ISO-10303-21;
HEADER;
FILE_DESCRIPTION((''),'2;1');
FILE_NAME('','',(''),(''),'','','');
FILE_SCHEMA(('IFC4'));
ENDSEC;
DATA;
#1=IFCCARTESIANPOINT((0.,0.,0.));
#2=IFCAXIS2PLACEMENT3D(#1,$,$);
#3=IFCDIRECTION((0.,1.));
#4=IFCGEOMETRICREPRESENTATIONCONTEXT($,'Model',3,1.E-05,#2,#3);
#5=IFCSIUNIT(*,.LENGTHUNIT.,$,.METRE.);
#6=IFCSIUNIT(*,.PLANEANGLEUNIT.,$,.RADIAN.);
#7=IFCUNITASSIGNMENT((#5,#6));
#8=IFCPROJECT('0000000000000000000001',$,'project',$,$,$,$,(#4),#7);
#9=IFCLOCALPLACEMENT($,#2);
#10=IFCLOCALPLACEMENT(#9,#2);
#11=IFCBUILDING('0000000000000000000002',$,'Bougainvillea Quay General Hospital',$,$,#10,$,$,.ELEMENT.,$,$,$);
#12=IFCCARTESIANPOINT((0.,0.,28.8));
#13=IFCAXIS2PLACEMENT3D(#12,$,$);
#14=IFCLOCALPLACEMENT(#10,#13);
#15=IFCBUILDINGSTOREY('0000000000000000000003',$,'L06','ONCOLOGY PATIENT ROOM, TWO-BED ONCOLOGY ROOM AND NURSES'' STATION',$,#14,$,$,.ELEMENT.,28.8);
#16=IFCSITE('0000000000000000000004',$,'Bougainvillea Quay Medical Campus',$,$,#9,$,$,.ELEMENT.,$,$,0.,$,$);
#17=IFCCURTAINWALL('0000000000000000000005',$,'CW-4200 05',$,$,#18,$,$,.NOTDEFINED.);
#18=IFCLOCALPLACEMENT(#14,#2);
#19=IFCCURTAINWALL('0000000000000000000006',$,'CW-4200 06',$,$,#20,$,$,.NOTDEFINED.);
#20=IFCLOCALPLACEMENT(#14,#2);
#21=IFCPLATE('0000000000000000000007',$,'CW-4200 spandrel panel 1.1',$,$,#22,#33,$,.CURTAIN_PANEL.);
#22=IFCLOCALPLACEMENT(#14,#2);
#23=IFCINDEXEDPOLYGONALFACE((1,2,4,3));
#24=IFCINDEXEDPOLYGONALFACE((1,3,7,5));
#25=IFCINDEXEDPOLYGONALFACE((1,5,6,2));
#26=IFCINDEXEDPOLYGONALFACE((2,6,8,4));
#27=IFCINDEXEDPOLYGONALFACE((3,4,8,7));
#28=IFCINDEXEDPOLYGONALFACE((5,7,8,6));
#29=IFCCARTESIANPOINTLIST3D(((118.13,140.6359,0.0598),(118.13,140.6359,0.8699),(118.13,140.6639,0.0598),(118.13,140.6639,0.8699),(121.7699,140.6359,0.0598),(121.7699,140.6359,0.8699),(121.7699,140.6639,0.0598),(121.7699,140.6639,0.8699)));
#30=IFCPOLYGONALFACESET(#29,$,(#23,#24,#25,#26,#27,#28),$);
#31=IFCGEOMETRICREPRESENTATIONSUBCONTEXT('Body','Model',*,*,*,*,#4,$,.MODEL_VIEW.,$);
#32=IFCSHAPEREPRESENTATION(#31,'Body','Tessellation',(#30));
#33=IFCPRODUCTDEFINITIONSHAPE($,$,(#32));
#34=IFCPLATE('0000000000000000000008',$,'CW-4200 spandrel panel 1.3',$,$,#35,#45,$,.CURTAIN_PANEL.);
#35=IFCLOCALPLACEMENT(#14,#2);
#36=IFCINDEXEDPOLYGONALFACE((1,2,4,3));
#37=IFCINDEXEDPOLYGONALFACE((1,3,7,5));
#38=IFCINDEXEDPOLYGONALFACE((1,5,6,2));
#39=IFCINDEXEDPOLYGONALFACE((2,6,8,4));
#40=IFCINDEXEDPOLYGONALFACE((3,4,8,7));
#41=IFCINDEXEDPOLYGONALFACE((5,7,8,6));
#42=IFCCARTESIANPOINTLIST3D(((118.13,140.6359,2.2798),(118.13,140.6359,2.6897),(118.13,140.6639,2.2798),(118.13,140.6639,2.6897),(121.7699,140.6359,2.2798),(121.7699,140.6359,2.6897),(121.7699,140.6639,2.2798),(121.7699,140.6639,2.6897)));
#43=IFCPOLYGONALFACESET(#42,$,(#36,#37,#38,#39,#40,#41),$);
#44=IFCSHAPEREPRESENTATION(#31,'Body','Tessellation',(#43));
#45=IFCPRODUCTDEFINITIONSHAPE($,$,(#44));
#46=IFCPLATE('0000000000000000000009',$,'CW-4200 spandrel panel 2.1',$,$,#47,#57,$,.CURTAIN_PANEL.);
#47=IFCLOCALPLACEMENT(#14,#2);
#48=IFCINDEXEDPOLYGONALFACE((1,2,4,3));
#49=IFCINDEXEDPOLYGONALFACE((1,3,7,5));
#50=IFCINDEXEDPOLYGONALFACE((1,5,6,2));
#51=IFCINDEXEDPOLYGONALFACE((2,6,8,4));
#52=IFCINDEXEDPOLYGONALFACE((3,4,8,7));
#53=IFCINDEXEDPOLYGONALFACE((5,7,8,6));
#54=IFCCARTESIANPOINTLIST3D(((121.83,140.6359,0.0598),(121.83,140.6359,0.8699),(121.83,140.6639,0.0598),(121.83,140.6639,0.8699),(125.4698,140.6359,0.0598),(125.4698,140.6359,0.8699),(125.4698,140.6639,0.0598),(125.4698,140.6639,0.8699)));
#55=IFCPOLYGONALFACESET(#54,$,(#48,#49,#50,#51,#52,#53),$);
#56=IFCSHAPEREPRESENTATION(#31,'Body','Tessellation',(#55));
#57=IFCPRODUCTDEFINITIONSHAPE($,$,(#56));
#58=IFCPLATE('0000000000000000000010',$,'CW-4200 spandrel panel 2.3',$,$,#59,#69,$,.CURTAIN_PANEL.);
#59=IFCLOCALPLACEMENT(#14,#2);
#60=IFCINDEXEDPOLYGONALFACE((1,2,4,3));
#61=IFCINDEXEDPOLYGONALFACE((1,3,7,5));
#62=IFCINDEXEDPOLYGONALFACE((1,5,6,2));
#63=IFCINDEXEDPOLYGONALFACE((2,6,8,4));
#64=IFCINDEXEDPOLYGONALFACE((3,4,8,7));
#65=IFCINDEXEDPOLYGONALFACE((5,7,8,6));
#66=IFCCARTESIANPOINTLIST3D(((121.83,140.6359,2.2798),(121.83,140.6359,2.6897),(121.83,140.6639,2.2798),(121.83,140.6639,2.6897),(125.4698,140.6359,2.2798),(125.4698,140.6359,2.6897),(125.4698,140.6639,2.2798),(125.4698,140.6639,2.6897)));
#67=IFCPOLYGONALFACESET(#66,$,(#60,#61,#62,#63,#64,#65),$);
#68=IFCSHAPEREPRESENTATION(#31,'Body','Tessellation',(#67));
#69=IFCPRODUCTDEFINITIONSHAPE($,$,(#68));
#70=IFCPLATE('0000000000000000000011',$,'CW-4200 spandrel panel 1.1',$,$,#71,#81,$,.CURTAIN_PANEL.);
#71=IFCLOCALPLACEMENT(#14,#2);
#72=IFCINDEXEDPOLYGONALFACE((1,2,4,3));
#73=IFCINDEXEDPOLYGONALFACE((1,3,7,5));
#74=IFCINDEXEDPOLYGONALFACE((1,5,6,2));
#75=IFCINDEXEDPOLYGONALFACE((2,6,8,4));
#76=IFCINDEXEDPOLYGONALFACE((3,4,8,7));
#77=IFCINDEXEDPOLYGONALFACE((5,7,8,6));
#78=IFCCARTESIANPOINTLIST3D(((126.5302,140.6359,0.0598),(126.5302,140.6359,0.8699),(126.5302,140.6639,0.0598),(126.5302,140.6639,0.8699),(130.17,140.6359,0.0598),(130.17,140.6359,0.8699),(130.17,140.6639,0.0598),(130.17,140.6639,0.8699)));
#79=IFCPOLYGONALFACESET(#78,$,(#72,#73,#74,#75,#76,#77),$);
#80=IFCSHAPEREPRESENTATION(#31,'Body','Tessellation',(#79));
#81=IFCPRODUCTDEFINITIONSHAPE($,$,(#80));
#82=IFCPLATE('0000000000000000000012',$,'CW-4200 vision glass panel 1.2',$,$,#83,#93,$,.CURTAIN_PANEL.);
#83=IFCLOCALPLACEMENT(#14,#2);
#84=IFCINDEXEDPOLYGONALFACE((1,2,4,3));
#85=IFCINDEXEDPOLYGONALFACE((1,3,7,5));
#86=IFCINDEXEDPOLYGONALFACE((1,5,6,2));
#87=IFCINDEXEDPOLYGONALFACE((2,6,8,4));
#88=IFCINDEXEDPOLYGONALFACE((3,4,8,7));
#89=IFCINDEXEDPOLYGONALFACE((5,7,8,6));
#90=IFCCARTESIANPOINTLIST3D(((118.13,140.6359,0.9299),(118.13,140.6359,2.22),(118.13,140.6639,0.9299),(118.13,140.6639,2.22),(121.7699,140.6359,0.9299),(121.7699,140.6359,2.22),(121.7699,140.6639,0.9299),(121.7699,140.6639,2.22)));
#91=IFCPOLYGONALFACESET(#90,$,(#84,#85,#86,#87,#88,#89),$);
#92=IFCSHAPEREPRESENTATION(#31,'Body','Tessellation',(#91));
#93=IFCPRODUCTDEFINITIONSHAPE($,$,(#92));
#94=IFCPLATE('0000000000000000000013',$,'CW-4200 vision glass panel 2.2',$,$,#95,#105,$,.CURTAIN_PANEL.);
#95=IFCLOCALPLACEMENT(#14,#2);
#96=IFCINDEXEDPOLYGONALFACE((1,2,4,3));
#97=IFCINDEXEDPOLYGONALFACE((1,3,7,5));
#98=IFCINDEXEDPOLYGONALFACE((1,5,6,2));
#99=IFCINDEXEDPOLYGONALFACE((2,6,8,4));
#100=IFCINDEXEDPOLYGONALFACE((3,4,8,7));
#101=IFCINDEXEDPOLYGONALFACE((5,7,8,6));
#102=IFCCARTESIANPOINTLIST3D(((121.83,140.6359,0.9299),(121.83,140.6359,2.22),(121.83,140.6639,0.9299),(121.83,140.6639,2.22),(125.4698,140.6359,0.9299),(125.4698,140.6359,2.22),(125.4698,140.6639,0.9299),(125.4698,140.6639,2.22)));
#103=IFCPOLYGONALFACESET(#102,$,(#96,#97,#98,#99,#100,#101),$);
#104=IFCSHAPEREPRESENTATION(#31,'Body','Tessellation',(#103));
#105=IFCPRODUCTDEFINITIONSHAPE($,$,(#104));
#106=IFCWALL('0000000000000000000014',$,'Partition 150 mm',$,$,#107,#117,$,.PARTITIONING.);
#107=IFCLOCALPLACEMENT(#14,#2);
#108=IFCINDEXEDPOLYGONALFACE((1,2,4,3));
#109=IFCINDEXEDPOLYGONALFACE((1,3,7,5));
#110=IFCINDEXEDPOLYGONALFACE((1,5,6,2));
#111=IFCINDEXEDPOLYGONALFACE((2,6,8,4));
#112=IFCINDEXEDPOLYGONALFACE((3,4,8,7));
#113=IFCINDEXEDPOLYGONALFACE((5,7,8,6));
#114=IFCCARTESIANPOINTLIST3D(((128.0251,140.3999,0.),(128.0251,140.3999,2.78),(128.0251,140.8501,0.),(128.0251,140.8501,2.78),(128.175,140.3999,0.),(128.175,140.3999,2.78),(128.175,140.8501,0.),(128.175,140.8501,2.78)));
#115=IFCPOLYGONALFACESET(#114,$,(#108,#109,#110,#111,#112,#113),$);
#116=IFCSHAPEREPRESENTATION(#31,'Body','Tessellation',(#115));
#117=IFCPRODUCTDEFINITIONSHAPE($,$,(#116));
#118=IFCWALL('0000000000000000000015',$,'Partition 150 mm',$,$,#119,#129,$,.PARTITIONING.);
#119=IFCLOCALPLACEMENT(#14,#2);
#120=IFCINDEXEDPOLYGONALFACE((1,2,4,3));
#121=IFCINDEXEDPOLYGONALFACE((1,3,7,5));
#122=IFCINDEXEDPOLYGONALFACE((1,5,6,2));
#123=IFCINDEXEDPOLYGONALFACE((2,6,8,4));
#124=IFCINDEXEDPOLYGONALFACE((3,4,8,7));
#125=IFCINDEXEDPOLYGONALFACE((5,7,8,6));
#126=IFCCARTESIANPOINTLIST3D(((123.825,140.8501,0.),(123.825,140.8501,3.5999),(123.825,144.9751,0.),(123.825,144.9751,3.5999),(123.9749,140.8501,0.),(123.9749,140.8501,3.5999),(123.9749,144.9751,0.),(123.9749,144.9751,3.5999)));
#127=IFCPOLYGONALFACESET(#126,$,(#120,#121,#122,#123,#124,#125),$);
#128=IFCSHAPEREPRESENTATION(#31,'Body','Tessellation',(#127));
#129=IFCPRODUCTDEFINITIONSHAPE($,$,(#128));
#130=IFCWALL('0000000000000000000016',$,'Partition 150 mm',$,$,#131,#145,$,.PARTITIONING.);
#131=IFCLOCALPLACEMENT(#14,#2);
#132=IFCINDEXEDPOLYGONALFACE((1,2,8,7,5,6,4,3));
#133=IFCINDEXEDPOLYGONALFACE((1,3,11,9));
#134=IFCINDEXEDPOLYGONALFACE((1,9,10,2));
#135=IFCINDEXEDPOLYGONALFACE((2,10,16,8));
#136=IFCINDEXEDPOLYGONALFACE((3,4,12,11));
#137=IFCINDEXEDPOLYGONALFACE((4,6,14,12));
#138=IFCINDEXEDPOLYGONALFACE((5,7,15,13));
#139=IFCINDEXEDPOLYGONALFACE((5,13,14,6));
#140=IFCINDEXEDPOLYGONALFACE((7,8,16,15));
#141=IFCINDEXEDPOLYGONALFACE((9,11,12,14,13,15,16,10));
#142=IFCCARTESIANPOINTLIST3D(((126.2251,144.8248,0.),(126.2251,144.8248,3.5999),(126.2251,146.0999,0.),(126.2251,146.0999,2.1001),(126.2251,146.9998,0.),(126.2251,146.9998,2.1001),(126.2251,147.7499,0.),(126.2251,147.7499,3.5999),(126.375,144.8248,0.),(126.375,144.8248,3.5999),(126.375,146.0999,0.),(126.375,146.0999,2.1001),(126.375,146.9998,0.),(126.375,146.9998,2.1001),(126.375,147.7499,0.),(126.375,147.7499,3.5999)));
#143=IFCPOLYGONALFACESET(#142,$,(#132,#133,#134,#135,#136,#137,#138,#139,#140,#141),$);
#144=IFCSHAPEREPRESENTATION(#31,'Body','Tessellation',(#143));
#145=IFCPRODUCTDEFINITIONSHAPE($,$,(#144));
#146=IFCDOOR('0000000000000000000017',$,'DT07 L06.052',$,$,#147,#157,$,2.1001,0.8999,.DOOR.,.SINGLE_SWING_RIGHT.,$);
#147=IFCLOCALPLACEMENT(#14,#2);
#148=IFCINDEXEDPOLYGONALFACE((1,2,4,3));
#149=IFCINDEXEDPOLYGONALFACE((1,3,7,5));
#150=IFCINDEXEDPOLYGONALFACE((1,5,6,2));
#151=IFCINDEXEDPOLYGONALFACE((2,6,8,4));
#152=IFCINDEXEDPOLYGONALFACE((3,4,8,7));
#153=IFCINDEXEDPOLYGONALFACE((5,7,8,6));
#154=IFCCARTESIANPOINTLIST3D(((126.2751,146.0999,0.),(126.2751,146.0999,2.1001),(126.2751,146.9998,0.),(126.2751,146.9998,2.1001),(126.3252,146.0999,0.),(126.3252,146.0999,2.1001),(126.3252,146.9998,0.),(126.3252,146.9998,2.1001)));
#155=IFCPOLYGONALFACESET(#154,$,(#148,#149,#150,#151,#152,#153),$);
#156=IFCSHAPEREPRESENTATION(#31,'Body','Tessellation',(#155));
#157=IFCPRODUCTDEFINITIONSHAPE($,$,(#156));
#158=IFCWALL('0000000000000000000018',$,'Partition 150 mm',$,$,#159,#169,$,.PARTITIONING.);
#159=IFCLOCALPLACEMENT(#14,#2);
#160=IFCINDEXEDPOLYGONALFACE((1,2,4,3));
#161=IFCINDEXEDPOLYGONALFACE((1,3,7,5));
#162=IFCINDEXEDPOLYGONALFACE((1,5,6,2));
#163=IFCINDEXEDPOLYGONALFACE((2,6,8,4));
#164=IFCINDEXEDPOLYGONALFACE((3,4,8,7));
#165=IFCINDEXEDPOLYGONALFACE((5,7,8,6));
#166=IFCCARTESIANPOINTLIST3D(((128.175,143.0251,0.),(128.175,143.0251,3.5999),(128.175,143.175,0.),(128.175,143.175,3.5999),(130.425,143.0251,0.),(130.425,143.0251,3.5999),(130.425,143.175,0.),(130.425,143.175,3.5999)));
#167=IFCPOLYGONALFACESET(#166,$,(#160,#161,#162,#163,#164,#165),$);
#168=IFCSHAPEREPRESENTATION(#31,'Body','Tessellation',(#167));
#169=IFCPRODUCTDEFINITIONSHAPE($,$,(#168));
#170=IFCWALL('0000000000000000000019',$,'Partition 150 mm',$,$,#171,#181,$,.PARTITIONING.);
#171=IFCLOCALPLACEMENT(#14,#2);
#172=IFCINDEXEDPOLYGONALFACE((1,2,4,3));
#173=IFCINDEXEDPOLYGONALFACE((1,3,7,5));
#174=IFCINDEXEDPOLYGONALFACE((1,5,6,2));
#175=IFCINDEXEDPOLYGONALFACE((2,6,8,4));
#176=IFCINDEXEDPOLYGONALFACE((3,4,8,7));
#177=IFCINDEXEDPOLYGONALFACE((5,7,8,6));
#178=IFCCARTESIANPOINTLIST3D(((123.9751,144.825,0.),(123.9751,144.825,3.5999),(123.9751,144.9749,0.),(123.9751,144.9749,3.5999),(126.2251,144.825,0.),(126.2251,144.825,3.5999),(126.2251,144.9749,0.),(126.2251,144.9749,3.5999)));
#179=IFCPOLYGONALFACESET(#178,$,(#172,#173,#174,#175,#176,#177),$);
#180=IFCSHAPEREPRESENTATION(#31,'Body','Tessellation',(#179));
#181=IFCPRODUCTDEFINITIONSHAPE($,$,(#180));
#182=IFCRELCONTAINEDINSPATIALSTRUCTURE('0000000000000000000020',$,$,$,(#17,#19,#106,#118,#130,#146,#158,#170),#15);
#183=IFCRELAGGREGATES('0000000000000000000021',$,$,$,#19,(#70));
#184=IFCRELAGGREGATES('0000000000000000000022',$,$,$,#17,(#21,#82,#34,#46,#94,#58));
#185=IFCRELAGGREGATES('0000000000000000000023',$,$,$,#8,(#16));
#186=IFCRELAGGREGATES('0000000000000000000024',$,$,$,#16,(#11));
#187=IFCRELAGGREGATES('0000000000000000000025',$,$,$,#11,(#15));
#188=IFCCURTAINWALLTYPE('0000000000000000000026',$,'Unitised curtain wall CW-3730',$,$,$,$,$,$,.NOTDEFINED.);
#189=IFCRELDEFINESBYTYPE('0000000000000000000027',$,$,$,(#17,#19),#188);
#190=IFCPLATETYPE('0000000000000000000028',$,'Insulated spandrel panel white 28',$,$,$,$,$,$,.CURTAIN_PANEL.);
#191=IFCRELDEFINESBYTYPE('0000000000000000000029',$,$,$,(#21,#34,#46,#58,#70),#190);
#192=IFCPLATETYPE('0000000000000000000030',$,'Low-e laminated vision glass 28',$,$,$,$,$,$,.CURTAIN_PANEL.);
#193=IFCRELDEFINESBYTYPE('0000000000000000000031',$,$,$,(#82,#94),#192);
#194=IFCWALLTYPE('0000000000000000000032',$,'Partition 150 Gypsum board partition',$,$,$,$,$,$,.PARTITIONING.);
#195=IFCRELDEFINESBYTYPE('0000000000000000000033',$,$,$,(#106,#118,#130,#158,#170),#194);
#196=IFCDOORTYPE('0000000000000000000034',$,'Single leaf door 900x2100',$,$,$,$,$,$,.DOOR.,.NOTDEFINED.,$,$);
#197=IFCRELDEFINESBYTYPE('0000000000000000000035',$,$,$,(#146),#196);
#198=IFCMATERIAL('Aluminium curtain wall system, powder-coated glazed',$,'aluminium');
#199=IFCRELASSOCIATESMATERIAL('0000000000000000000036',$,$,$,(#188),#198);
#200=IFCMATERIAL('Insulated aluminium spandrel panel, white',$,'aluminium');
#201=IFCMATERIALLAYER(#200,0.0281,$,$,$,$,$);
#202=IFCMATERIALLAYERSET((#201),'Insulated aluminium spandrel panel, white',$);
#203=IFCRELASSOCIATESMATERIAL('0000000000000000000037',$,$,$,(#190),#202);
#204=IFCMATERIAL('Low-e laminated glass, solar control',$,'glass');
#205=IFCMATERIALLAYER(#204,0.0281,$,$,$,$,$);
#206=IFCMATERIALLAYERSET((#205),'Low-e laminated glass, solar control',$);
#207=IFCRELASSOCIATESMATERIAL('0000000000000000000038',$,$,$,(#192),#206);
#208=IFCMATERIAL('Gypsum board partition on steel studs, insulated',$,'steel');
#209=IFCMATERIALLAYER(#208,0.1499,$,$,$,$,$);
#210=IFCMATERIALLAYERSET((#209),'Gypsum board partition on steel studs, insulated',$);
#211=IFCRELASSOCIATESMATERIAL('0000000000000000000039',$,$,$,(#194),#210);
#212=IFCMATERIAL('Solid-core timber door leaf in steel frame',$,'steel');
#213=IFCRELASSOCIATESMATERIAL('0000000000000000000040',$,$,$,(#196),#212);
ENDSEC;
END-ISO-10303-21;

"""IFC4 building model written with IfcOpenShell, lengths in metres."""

from ifc_helpers import new_model, si_unit, direction, frame, frame_2d, origin, origin_2d, place, context, subcontext, project, spatial, rectangle, extrude, material, layer, layer_set, type_object, element, fill, aggregate, save


model = new_model("IFC4")

# Units and contexts
model_context = context("Model", 3, precision=1e-05, world=origin(), true_north=direction((0.0, 1.0)))
body_context = subcontext(model_context, "Body", "Model", "MODEL_VIEW")
ifc_project = project(units=[si_unit("LENGTHUNIT", "METRE"), si_unit("PLANEANGLEUNIT", "RADIAN")], contexts=[model_context])

# Site, building, storey
site_placement = place(None, origin())
site = spatial("IfcSite", under=ifc_project, at=site_placement, Name="Bougainvillea Quay Medical Campus", CompositionType="ELEMENT", RefElevation=0.0)
building_placement = place(site_placement, origin())
building = spatial("IfcBuilding", under=site, at=building_placement, Name="Bougainvillea Quay General Hospital", CompositionType="ELEMENT")
storey_placement = place(building_placement, frame((0.0, 0.0, 28.8)))
storey = spatial("IfcBuildingStorey", under=building, at=storey_placement, Name="L06", Description="ONCOLOGY PATIENT ROOM, TWO-BED ONCOLOGY ROOM AND NURSES' STATION", CompositionType="ELEMENT", Elevation=28.8)

# Curtain wall
ifc_material_1 = material(Name="Aluminium curtain wall system, powder-coated glazed", Category="aluminium")
curtain_wall_type = type_object("IfcCurtainWallType", Name="Unitised curtain wall CW-3730", PredefinedType="NOTDEFINED", material=ifc_material_1)
curtain_wall_1_placement = place(storey_placement, origin())
curtain_wall_1 = element("IfcCurtainWall", 1, at=curtain_wall_1_placement, inside=storey, type_object=curtain_wall_type, Name="CW-4200 05", PredefinedType="NOTDEFINED")

# Curtain wall
curtain_wall_2_placement = place(storey_placement, origin())
curtain_wall_2 = element("IfcCurtainWall", 2, at=curtain_wall_2_placement, inside=storey, type_object=curtain_wall_type, Name="CW-4200 06", PredefinedType="NOTDEFINED")

# Plates
ifc_material_2 = material(Name="Insulated aluminium spandrel panel, white", Category="aluminium")
ifc_layer_1 = layer(ifc_material_2, 0.0281)
ifc_layer_set_1 = layer_set([ifc_layer_1], Name="Insulated aluminium spandrel panel, white")
plate_type_1 = type_object("IfcPlateType", Name="Insulated spandrel panel white 28", PredefinedType="CURTAIN_PANEL", material=ifc_layer_set_1)
plate_1_placement = place(storey_placement, frame((119.95, 140.6499, 0.0598), z_axis=(0.0, 0.0, 1.0), x_axis=(1.0, 0.0, 0.0)))
plate_1 = element("IfcPlate", 3, at=plate_1_placement, type_object=plate_type_1, Name="CW-4200 spandrel panel 1.1", PredefinedType="CURTAIN_PANEL", context=body_context, shape_type="SweptSolid", body=[
    extrude(rectangle(XDim=3.6399, YDim=0.0281, at=origin_2d()), origin(), (0.0, 0.0, 1.0), 0.8101),
])
plate_2_placement = place(storey_placement, frame((119.95, 140.6499, 2.2798), z_axis=(0.0, 0.0, 1.0), x_axis=(1.0, 0.0, 0.0)))
plate_2 = element("IfcPlate", 4, at=plate_2_placement, type_object=plate_type_1, Name="CW-4200 spandrel panel 1.3", PredefinedType="CURTAIN_PANEL", context=body_context, shape_type="SweptSolid", body=[
    extrude(rectangle(XDim=3.6399, YDim=0.0281, at=origin_2d()), origin(), (0.0, 0.0, 1.0), 0.4099),
])
plate_3_placement = place(storey_placement, frame((123.6499, 140.6499, 0.0598), z_axis=(0.0, 0.0, 1.0), x_axis=(1.0, 0.0, 0.0)))
plate_3 = element("IfcPlate", 5, at=plate_3_placement, type_object=plate_type_1, Name="CW-4200 spandrel panel 2.1", PredefinedType="CURTAIN_PANEL", context=body_context, shape_type="SweptSolid", body=[
    extrude(rectangle(XDim=3.6399, YDim=0.0281, at=origin_2d()), origin(), (0.0, 0.0, 1.0), 0.8101),
])
plate_4_placement = place(storey_placement, frame((123.6499, 140.6499, 2.2798), z_axis=(0.0, 0.0, 1.0), x_axis=(1.0, 0.0, 0.0)))
plate_4 = element("IfcPlate", 6, at=plate_4_placement, type_object=plate_type_1, Name="CW-4200 spandrel panel 2.3", PredefinedType="CURTAIN_PANEL", context=body_context, shape_type="SweptSolid", body=[
    extrude(rectangle(XDim=3.6399, YDim=0.0281, at=origin_2d()), origin(), (0.0, 0.0, 1.0), 0.4099),
])
plate_5_placement = place(storey_placement, frame((128.3501, 140.6499, 0.0598), z_axis=(0.0, 0.0, 1.0), x_axis=(1.0, 0.0, 0.0)))
plate_5 = element("IfcPlate", 7, at=plate_5_placement, type_object=plate_type_1, Name="CW-4200 spandrel panel 1.1", PredefinedType="CURTAIN_PANEL", context=body_context, shape_type="SweptSolid", body=[
    extrude(rectangle(XDim=3.6399, YDim=0.0281, at=origin_2d()), origin(), (0.0, 0.0, 1.0), 0.8101),
])
aggregate(curtain_wall_2, [plate_5])
ifc_material_3 = material(Name="Low-e laminated glass, solar control", Category="glass")
ifc_layer_2 = layer(ifc_material_3, 0.0281)
ifc_layer_set_2 = layer_set([ifc_layer_2], Name="Low-e laminated glass, solar control")
plate_type_2 = type_object("IfcPlateType", Name="Low-e laminated vision glass 28", PredefinedType="CURTAIN_PANEL", material=ifc_layer_set_2)
plate_6_placement = place(storey_placement, frame((119.95, 140.6499, 0.9299), z_axis=(0.0, 0.0, 1.0), x_axis=(1.0, 0.0, 0.0)))
plate_6 = element("IfcPlate", 8, at=plate_6_placement, type_object=plate_type_2, Name="CW-4200 vision glass panel 1.2", PredefinedType="CURTAIN_PANEL", context=body_context, shape_type="SweptSolid", body=[
    extrude(rectangle(XDim=3.6399, YDim=0.0281, at=origin_2d()), origin(), (0.0, 0.0, 1.0), 1.29),
])
plate_7_placement = place(storey_placement, frame((123.6499, 140.6499, 0.9299), z_axis=(0.0, 0.0, 1.0), x_axis=(1.0, 0.0, 0.0)))
plate_7 = element("IfcPlate", 9, at=plate_7_placement, type_object=plate_type_2, Name="CW-4200 vision glass panel 2.2", PredefinedType="CURTAIN_PANEL", context=body_context, shape_type="SweptSolid", body=[
    extrude(rectangle(XDim=3.6399, YDim=0.0281, at=origin_2d()), origin(), (0.0, 0.0, 1.0), 1.29),
])
aggregate(curtain_wall_1, [plate_1, plate_6, plate_2, plate_3, plate_7, plate_4])

# Walls
ifc_material_4 = material(Name="Gypsum board partition on steel studs, insulated", Category="steel")
ifc_layer_3 = layer(ifc_material_4, 0.1499)
ifc_layer_set_3 = layer_set([ifc_layer_3], Name="Gypsum board partition on steel studs, insulated")
wall_type = type_object("IfcWallType", Name="Partition 150 Gypsum board partition", PredefinedType="PARTITIONING", material=ifc_layer_set_3)
wall_1_placement = place(storey_placement, frame((128.1001, 140.8501, 0.0), z_axis=(0.0, 0.0, 1.0), x_axis=(0.0, -1.0, 0.0)))
element("IfcWall", 10, at=wall_1_placement, inside=storey, type_object=wall_type, Name="Partition 150 mm", PredefinedType="PARTITIONING", context=body_context, shape_type="SweptSolid", body=[
    extrude(rectangle(XDim=0.4502, YDim=0.1499, at=frame_2d((0.2251, 0.0))), origin(), (0.0, 0.0, 1.0), 2.78),
])
wall_2_placement = place(storey_placement, frame((123.8999, 140.8501, 0.0), z_axis=(0.0, 0.0, 1.0), x_axis=(0.0, 1.0, 0.0)))
element("IfcWall", 11, at=wall_2_placement, inside=storey, type_object=wall_type, Name="Partition 150 mm", PredefinedType="PARTITIONING", context=body_context, shape_type="SweptSolid", body=[
    extrude(rectangle(XDim=4.125, YDim=0.1499, at=frame_2d((2.0625, 0.0))), origin(), (0.0, 0.0, 1.0), 3.5999),
])

# Wall, opening, door
wall_3_placement = place(storey_placement, frame((126.3, 144.825, 0.0), z_axis=(0.0, 0.0, 1.0), x_axis=(0.0, 1.0, 0.0)))
wall_3 = element("IfcWall", 12, at=wall_3_placement, inside=storey, type_object=wall_type, Name="Partition 150 mm", PredefinedType="PARTITIONING", context=body_context, shape_type="SweptSolid", body=[
    extrude(rectangle(XDim=2.925, YDim=0.1499, at=frame_2d((1.4624, 0.0))), origin(), (0.0, 0.0, 1.0), 3.5999),
])
opening_placement = place(wall_3_placement, frame((1.2749, 0.0, 0.0)))
opening = element("IfcOpeningElement", 13, at=opening_placement, cuts=wall_3, PredefinedType="OPENING", context=body_context, shape_type="SweptSolid", body=[
    extrude(rectangle(XDim=0.8999, YDim=2.1001, at=frame_2d((0.45, 1.05))), frame((0.0, 0.085, 0.0), z_axis=(0.0, -1.0, 0.0), x_axis=(1.0, 0.0, 0.0)), (0.0, 0.0, 1.0), 0.1699),
])
ifc_material_5 = material(Name="Solid-core timber door leaf in steel frame", Category="steel")
door_type = type_object("IfcDoorType", Name="Single leaf door 900x2100", OperationType="NOTDEFINED", PredefinedType="DOOR", material=ifc_material_5)
door_placement = place(opening_placement, origin())
door = element("IfcDoor", 14, at=door_placement, inside=storey, type_object=door_type, Name="DT07 L06.052", OperationType="SINGLE_SWING_RIGHT", OverallHeight=2.1001, OverallWidth=0.8999, PredefinedType="DOOR", context=body_context, shape_type="SweptSolid", body=[
    extrude(rectangle(XDim=0.8999, YDim=2.1001, at=frame_2d((0.45, 1.05))), frame((0.0, 0.0249, 0.0), z_axis=(0.0, -1.0, 0.0), x_axis=(1.0, 0.0, 0.0)), (0.0, 0.0, 1.0), 0.05),
])
fill(opening, door)

# Walls
for number, where, z_axis, x_axis, name in (
    (15, (128.175, 143.1001, 0.0), (0.0, 0.0, 1.0), (1.0, 0.0, 0.0), "Partition 150 mm"),
    (16, (123.9751, 144.8999, 0.0), (0.0, 0.0, 1.0), (1.0, 0.0, 0.0), "Partition 150 mm"),
):
    element("IfcWall", number, at=place(storey_placement, frame(where, z_axis=z_axis, x_axis=x_axis)), inside=storey, type_object=wall_type, Name=name, PredefinedType="PARTITIONING", context=body_context, shape_type="SweptSolid", body=[
        extrude(rectangle(XDim=2.25, YDim=0.1499, at=frame_2d((1.125, 0.0))), origin(), (0.0, 0.0, 1.0), 3.5999),
    ])

save(model, "model.ifc")
